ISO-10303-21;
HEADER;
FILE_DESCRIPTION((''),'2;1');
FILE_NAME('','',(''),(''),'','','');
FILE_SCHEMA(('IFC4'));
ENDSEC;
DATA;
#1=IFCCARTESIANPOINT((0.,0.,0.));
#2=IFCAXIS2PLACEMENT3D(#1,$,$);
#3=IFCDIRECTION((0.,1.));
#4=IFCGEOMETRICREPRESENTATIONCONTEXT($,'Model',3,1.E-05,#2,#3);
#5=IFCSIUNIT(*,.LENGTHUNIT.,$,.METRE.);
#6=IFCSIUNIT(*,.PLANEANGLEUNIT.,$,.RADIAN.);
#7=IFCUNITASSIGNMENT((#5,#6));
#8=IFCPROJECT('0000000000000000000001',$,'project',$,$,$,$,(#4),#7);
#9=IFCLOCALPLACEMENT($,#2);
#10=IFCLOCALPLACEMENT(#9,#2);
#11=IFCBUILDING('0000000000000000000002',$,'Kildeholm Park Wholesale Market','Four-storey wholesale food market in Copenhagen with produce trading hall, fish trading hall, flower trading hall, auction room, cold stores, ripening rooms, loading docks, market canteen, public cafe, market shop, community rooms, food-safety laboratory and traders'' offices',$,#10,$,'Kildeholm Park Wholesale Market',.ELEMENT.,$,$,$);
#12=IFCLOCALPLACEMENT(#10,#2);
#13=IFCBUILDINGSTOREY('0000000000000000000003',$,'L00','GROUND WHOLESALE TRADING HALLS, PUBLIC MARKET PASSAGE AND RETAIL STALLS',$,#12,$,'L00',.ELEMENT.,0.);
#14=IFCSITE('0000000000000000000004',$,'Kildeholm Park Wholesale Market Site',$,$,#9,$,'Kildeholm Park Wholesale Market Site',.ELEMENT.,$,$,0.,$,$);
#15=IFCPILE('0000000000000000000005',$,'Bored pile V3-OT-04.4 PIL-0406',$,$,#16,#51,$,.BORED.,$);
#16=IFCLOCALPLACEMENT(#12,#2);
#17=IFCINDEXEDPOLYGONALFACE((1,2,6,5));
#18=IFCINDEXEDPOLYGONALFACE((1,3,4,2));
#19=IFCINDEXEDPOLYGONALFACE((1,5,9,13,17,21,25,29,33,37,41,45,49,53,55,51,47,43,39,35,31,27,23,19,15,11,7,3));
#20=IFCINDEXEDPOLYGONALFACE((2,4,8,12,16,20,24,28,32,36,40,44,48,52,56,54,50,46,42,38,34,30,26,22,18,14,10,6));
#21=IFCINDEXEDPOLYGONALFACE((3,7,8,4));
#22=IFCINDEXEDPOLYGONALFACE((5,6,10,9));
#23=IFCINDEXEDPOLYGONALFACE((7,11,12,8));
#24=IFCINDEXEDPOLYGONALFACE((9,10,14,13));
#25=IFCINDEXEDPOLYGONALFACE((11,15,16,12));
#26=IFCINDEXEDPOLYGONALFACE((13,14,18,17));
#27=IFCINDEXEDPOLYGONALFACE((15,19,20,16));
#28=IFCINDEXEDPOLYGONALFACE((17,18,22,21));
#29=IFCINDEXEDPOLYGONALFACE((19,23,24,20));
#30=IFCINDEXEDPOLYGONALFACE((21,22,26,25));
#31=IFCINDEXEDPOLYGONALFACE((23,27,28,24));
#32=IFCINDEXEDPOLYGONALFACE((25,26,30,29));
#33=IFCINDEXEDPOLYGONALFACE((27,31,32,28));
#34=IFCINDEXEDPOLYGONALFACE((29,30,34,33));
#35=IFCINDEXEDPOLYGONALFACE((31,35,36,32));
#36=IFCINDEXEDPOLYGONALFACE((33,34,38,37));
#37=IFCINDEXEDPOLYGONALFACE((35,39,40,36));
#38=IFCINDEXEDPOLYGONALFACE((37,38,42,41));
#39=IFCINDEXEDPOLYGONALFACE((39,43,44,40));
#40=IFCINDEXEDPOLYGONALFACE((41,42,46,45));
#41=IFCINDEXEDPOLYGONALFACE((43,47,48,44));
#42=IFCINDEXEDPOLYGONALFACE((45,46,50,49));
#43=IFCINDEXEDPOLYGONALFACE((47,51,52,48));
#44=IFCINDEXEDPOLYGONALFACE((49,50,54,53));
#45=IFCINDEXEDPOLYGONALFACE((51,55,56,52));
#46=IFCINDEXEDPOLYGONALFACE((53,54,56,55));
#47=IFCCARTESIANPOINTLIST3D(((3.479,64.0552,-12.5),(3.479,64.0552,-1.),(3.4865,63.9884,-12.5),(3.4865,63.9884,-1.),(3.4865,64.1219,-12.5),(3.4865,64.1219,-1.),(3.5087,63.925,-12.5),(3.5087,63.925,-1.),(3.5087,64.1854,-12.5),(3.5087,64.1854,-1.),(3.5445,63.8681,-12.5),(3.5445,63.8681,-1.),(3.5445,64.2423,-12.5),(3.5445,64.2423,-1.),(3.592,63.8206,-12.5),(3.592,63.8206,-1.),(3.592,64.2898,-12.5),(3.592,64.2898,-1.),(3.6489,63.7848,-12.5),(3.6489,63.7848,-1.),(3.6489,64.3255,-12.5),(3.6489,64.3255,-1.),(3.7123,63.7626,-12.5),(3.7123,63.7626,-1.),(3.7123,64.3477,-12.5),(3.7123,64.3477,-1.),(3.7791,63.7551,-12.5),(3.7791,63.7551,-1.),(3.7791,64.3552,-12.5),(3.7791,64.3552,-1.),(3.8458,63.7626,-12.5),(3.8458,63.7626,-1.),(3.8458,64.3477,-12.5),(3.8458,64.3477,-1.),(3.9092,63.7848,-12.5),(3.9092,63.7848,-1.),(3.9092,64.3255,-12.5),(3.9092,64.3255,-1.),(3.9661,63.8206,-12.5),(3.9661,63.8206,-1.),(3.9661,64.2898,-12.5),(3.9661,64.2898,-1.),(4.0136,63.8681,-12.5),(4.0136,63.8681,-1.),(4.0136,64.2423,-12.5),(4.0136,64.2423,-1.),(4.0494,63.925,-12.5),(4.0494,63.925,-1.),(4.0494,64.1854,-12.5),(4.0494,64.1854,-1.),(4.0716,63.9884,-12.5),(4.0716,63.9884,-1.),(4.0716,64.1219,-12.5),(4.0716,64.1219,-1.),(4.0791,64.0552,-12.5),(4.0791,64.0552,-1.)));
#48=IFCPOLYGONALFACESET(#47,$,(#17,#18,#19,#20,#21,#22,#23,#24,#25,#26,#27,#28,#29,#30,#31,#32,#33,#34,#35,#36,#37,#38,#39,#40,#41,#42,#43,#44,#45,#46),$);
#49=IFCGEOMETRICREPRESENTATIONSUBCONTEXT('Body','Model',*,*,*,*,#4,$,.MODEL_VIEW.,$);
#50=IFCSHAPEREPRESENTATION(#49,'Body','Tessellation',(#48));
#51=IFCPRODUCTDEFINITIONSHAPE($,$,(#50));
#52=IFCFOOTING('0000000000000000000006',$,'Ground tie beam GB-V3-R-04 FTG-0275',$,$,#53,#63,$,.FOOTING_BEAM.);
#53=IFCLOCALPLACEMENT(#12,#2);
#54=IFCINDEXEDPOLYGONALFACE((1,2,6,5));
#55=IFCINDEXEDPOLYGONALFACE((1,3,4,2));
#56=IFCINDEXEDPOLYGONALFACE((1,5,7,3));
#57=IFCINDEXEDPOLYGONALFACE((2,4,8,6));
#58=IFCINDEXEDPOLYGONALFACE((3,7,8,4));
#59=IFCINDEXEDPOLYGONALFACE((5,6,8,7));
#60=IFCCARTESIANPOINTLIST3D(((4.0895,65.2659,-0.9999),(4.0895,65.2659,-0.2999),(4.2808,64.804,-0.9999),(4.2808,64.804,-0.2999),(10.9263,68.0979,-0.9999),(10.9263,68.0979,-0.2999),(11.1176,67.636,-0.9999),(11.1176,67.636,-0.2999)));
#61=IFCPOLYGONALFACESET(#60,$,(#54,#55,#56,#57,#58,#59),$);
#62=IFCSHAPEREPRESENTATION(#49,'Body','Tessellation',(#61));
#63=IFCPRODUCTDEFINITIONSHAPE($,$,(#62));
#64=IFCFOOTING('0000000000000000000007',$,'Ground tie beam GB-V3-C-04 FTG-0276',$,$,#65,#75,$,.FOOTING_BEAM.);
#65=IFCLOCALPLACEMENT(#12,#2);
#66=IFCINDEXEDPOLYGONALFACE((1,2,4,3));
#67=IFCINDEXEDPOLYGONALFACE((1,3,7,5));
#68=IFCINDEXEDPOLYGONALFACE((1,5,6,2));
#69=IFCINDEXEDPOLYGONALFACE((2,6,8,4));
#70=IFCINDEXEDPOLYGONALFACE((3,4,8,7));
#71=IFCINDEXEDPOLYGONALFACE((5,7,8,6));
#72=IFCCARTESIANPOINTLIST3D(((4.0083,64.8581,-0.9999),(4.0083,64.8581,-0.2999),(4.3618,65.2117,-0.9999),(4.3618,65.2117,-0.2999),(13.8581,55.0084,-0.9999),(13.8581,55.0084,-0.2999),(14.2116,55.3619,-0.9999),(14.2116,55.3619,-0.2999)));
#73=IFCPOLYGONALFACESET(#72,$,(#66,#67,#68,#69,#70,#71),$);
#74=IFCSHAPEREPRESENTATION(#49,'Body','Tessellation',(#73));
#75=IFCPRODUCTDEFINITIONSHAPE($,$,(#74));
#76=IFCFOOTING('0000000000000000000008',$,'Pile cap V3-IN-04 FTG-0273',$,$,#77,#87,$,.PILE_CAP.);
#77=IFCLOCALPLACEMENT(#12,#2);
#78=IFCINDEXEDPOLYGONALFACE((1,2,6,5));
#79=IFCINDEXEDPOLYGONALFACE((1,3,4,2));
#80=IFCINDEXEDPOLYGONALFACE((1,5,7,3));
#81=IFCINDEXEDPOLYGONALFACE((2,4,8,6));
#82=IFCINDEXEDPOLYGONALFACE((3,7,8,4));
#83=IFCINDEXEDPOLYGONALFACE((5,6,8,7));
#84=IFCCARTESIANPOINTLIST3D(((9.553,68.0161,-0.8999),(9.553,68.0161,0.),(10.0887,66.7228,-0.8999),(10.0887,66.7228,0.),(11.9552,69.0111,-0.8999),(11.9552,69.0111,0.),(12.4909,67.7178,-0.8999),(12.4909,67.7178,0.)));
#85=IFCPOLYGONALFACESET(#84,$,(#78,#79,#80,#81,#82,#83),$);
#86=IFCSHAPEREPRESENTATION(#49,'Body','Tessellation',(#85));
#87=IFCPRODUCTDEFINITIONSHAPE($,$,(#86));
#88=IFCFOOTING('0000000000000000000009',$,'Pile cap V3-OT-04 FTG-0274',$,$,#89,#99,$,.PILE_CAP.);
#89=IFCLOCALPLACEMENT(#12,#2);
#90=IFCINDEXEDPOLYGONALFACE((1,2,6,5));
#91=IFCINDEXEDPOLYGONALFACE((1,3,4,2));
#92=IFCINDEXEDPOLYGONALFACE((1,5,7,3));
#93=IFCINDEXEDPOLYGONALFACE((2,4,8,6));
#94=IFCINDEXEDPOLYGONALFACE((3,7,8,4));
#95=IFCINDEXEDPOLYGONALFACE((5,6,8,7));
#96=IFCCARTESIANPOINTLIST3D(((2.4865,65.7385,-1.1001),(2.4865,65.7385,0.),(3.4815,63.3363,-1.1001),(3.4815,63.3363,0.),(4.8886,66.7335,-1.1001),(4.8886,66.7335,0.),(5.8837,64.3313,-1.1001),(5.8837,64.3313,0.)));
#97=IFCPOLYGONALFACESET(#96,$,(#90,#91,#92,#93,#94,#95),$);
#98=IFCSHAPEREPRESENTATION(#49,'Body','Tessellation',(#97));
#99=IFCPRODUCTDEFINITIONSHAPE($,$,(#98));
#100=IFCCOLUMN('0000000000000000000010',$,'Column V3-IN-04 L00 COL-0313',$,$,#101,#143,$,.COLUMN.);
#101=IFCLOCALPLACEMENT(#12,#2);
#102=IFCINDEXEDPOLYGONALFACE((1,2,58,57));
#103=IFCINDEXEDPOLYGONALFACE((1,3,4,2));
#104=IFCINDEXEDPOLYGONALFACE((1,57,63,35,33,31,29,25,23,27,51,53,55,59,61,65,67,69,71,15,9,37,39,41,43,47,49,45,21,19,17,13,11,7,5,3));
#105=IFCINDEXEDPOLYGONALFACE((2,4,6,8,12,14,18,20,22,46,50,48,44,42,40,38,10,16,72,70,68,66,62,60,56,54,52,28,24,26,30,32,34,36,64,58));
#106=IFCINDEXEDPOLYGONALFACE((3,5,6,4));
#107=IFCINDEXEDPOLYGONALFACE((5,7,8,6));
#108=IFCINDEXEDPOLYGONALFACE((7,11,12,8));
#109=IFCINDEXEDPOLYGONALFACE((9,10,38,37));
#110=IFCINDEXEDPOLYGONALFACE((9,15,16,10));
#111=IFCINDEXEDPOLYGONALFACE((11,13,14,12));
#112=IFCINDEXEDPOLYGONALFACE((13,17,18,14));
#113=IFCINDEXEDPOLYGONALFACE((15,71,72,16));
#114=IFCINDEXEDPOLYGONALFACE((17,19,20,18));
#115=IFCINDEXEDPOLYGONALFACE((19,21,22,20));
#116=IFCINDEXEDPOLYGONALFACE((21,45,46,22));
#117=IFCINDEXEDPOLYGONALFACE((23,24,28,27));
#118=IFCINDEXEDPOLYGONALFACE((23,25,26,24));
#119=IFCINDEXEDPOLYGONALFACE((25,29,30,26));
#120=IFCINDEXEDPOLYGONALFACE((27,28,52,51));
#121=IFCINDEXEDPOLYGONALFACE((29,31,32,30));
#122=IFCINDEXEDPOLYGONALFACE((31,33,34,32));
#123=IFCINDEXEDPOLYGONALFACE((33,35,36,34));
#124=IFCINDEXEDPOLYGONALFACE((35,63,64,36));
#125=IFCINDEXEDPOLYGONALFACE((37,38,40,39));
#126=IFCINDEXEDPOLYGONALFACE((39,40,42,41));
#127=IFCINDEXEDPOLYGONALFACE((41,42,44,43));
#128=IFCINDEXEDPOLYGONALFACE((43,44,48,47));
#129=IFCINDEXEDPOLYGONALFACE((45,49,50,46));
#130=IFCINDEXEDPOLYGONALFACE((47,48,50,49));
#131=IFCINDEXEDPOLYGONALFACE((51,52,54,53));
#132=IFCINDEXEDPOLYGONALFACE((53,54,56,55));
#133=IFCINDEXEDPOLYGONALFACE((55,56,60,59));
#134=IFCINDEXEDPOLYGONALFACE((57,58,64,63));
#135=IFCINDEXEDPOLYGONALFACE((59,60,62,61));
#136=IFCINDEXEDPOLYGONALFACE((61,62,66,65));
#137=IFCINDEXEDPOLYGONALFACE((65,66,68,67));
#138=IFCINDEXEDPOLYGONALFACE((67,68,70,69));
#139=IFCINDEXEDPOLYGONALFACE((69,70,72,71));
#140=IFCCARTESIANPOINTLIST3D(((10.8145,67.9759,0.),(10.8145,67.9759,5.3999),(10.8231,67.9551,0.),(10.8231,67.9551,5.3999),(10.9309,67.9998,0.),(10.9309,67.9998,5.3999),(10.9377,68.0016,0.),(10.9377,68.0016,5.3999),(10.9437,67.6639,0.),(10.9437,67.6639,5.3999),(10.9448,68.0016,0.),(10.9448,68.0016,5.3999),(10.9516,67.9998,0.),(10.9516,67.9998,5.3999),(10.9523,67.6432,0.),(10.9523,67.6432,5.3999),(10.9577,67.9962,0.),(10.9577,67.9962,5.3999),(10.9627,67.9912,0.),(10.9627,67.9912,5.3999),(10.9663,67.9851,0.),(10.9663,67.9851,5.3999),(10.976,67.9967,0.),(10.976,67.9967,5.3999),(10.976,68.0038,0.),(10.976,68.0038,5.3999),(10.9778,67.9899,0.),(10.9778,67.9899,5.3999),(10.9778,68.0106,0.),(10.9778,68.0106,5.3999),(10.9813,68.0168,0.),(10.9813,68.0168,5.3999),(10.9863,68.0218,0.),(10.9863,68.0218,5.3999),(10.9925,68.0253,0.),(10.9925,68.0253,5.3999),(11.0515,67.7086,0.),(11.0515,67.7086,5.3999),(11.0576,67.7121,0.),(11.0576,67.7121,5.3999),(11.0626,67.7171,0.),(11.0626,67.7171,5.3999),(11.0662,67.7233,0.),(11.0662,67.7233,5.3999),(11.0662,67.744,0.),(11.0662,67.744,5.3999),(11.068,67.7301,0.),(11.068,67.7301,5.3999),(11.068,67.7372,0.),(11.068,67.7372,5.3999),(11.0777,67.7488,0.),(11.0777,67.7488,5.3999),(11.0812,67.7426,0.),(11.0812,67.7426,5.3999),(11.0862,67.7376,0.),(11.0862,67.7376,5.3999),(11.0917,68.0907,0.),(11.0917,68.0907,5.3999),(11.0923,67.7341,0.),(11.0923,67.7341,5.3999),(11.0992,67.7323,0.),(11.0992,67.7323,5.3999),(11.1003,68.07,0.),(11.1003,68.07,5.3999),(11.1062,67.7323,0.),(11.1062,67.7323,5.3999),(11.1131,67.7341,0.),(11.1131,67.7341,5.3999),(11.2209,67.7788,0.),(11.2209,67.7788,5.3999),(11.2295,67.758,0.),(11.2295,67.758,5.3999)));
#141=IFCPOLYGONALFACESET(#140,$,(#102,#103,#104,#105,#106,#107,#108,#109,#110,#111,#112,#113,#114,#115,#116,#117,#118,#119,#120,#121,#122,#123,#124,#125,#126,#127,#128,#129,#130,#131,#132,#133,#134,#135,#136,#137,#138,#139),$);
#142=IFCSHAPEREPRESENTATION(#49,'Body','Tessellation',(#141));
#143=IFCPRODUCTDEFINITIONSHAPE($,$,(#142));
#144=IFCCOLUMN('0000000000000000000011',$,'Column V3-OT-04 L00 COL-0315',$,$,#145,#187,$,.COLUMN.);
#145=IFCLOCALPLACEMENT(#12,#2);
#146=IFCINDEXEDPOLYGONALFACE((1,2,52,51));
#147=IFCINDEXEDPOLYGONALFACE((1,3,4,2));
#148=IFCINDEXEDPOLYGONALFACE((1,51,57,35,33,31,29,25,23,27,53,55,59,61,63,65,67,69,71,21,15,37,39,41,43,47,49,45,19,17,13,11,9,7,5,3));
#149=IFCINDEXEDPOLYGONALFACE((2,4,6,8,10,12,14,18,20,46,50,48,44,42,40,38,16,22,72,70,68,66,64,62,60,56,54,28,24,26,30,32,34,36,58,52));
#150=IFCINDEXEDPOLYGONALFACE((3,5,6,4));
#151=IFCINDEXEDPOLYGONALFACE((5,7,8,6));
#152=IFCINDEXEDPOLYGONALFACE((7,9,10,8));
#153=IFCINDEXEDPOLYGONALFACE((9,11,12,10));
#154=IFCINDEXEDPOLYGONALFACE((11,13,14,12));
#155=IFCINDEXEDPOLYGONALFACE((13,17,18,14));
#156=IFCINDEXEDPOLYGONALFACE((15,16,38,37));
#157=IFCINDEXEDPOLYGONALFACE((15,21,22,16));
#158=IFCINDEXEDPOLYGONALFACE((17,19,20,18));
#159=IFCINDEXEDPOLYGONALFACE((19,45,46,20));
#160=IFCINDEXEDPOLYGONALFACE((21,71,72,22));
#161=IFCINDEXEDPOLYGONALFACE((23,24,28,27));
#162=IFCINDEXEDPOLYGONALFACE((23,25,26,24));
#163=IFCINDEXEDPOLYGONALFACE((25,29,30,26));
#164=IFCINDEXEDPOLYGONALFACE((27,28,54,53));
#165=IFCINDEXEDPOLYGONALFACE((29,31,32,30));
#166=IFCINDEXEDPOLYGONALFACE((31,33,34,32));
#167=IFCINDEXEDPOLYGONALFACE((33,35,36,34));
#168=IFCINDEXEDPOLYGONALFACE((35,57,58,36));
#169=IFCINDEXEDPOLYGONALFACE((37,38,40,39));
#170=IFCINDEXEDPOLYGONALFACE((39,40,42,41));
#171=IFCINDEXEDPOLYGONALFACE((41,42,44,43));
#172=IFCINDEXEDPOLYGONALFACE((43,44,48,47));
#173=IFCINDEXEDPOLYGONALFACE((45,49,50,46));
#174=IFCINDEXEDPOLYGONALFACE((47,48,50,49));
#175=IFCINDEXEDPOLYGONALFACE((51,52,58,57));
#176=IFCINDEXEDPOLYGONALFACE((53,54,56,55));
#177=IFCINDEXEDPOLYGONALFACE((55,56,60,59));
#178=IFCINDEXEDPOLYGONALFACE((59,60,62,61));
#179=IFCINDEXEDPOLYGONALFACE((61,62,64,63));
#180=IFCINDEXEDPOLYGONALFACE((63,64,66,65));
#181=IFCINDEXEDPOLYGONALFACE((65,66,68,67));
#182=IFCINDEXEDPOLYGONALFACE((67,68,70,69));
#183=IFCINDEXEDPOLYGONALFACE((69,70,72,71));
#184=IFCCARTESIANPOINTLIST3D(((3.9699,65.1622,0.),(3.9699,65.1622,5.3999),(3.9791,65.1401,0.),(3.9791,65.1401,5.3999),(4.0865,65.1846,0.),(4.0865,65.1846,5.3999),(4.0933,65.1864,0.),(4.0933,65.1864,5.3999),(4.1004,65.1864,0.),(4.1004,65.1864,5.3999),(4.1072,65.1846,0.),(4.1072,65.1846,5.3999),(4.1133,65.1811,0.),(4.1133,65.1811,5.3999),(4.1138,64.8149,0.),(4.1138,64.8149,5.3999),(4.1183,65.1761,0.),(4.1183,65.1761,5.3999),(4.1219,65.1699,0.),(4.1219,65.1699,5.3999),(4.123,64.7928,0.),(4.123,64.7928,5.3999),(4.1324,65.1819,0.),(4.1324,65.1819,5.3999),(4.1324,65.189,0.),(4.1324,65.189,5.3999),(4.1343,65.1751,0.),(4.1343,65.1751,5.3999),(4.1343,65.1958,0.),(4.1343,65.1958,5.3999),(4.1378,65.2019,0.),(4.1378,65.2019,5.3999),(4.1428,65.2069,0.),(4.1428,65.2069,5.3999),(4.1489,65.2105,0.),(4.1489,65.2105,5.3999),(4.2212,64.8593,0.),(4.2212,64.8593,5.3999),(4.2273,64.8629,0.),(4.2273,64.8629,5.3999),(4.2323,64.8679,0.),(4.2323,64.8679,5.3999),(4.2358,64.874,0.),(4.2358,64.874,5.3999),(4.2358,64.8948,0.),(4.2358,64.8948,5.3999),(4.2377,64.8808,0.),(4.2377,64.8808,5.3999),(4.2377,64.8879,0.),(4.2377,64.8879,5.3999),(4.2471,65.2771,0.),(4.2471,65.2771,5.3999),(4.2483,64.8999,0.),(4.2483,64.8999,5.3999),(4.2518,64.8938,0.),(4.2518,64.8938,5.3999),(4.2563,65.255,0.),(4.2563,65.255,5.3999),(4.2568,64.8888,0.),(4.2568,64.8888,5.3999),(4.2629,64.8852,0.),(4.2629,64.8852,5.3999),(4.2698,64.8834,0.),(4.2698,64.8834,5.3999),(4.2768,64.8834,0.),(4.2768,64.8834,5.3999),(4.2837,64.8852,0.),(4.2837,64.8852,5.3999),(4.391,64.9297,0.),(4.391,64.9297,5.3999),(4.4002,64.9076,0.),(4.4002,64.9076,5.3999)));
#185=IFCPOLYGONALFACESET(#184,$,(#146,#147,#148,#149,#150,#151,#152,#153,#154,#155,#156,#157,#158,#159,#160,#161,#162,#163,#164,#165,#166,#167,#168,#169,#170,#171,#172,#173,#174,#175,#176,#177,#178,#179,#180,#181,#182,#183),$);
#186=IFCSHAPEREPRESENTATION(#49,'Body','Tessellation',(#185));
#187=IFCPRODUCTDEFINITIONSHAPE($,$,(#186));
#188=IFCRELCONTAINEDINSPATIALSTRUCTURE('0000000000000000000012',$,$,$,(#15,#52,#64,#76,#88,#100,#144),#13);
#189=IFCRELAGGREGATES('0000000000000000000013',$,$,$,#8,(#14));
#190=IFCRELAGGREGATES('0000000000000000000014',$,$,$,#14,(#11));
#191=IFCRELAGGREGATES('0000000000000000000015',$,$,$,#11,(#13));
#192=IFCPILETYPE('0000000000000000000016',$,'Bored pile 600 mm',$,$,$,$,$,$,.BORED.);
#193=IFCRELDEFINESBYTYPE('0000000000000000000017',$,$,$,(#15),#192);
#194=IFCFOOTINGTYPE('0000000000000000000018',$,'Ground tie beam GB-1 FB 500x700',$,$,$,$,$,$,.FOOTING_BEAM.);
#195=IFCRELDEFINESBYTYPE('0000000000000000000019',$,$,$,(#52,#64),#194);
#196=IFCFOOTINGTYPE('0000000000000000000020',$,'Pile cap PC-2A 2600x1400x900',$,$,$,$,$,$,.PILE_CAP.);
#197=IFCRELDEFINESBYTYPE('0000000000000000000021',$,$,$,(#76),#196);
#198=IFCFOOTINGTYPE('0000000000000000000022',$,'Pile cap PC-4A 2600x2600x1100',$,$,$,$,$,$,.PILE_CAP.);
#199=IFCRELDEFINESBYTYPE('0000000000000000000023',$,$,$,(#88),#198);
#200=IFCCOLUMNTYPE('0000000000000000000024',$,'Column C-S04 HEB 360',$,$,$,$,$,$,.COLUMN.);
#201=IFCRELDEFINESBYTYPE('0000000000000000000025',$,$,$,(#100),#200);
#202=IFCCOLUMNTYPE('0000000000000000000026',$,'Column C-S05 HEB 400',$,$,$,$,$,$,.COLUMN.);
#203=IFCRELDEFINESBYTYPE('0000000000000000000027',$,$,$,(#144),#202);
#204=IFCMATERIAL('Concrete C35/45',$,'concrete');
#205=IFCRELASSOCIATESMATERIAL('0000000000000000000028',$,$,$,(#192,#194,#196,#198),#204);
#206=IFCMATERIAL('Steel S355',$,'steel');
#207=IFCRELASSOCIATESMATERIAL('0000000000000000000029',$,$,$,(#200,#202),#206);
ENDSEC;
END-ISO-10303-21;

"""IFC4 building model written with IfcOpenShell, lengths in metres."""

from ifc_helpers import new_model, si_unit, direction, frame, origin, origin_2d, place, context, subcontext, project, spatial, rectangle, circle, i_section, extrude, material, material_profile, profile_set, type_object, element, save


model = new_model("IFC4")

# Units and contexts
model_context = context("Model", 3, precision=1e-05, world=origin(), true_north=direction((0.0, 1.0)))
body_context = subcontext(model_context, "Body", "Model", "MODEL_VIEW")
ifc_project = project(units=[si_unit("LENGTHUNIT", "METRE"), si_unit("PLANEANGLEUNIT", "RADIAN")], contexts=[model_context])

# Site, building, storey
site_placement = place(None, origin())
site = spatial("IfcSite", under=ifc_project, at=site_placement, Name="Kildeholm Park Wholesale Market Site", LongName="Kildeholm Park Wholesale Market Site", CompositionType="ELEMENT", RefElevation=0.0)
building_placement = place(site_placement, origin())
building = spatial("IfcBuilding", under=site, at=building_placement, Name="Kildeholm Park Wholesale Market", Description="Four-storey wholesale food market in Copenhagen with produce trading hall, fish trading hall, flower trading hall, auction room, cold stores, ripening rooms, loading docks, market canteen, public cafe, market shop, community rooms, food-safety laboratory and traders' offices", LongName="Kildeholm Park Wholesale Market", CompositionType="ELEMENT")
storey_placement = place(building_placement, origin())
storey = spatial("IfcBuildingStorey", under=building, at=storey_placement, Name="L00", Description="GROUND WHOLESALE TRADING HALLS, PUBLIC MARKET PASSAGE AND RETAIL STALLS", LongName="L00", CompositionType="ELEMENT", Elevation=0.0)

# Pile
ifc_material_1 = material(Name="Concrete C35/45", Category="concrete")
ifc_material_profile_1 = material_profile(ifc_material_1, circle(Radius=0.3, at=origin_2d()), Name="PILE D600")
ifc_profile_set_1 = profile_set([ifc_material_profile_1], Name="Concrete C35/45")
pile_type = type_object("IfcPileType", Name="Bored pile 600 mm", PredefinedType="BORED", material=ifc_profile_set_1)
for number, where, z_axis, x_axis, name in (
    (1, (3.7791, 64.0552, -1.0), (0.0, 0.0, -1.0), (1.0, 0.0, 0.0), "Bored pile V3-OT-04.4 PIL-0406"),
):
    element("IfcPile", number, at=place(storey_placement, frame(where, z_axis=z_axis, x_axis=x_axis)), inside=storey, type_object=pile_type, Name=name, PredefinedType="BORED", context=body_context, shape_type="SweptSolid", body=[
        extrude(circle(Radius=0.3, at=origin_2d()), origin(), (0.0, 0.0, 1.0), 11.5),
    ])

# Footings
ifc_material_profile_2 = material_profile(ifc_material_1, rectangle(XDim=0.5, YDim=0.7, at=origin_2d()), Name="FB 500x700")
ifc_profile_set_2 = profile_set([ifc_material_profile_2], Name="Concrete C35/45")
footing_type_1 = type_object("IfcFootingType", Name="Ground tie beam GB-1 FB 500x700", PredefinedType="FOOTING_BEAM", material=ifc_profile_set_2)
footing_1_placement = place(storey_placement, frame((11.022, 67.8669, -0.6499), z_axis=(-0.923875, -0.382694, 0.0), x_axis=(0.382694, -0.923875, 0.0)))
element("IfcFooting", 2, at=footing_1_placement, inside=storey, type_object=footing_type_1, Name="Ground tie beam GB-V3-R-04 FTG-0275", PredefinedType="FOOTING_BEAM", context=body_context, shape_type="SweptSolid", body=[
    extrude(rectangle(XDim=0.5, YDim=0.7, at=origin_2d()), origin(), (0.0, 0.0, 1.0), 7.4001),
])
footing_2_placement = place(storey_placement, frame((4.1851, 65.0349, -0.6499), z_axis=(0.707107, -0.707107, 0.0), x_axis=(0.707107, 0.707107, 0.0)))
element("IfcFooting", 3, at=footing_2_placement, inside=storey, type_object=footing_type_1, Name="Ground tie beam GB-V3-C-04 FTG-0276", PredefinedType="FOOTING_BEAM", context=body_context, shape_type="SweptSolid", body=[
    extrude(rectangle(XDim=0.5, YDim=0.7, at=origin_2d()), origin(), (0.0, 0.0, 1.0), 13.9297),
])
footing_type_2 = type_object("IfcFootingType", Name="Pile cap PC-2A 2600x1400x900", PredefinedType="PILE_CAP", material=ifc_material_1)
footing_3_placement = place(storey_placement, frame((11.022, 67.8669, -0.8999), z_axis=(0.0, 0.0, 1.0), x_axis=(-0.92388, -0.382683, 0.0)))
element("IfcFooting", 4, at=footing_3_placement, inside=storey, type_object=footing_type_2, Name="Pile cap V3-IN-04 FTG-0273", PredefinedType="PILE_CAP", context=body_context, shape_type="SweptSolid", body=[
    extrude(rectangle(XDim=2.6001, YDim=1.3999, at=origin_2d()), origin(), (0.0, 0.0, 1.0), 0.8999),
])
footing_type_3 = type_object("IfcFootingType", Name="Pile cap PC-4A 2600x2600x1100", PredefinedType="PILE_CAP", material=ifc_material_1)
footing_4_placement = place(storey_placement, frame((4.1851, 65.0349, -1.1001), z_axis=(0.0, 0.0, 1.0), x_axis=(-0.92388, -0.382683, 0.0)))
element("IfcFooting", 5, at=footing_4_placement, inside=storey, type_object=footing_type_3, Name="Pile cap V3-OT-04 FTG-0274", PredefinedType="PILE_CAP", context=body_context, shape_type="SweptSolid", body=[
    extrude(rectangle(XDim=2.6001, YDim=2.6001, at=origin_2d()), origin(), (0.0, 0.0, 1.0), 1.1001),
])

# Columns
ifc_material_2 = material(Name="Steel S355", Category="steel")
ifc_material_profile_3 = material_profile(ifc_material_2, i_section(OverallWidth=0.3, OverallDepth=0.3601, WebThickness=0.0125, FlangeThickness=0.0225, FilletRadius=0.0271, at=origin_2d()), Name="HEB 360")
ifc_profile_set_3 = profile_set([ifc_material_profile_3], Name="Steel S355")
column_type_1 = type_object("IfcColumnType", Name="Column C-S04 HEB 360", PredefinedType="COLUMN", material=ifc_profile_set_3)
column_1_placement = place(storey_placement, frame((11.022, 67.8669, 0.0), z_axis=(0.0, 0.0, 1.0), x_axis=(-0.92388, -0.382683, 0.0)))
element("IfcColumn", 6, at=column_1_placement, inside=storey, type_object=column_type_1, Name="Column V3-IN-04 L00 COL-0313", PredefinedType="COLUMN", context=body_context, shape_type="SweptSolid", body=[
    extrude(i_section(OverallWidth=0.3, OverallDepth=0.3601, WebThickness=0.0125, FlangeThickness=0.0225, FilletRadius=0.0271, at=origin_2d()), origin(), (0.0, 0.0, 1.0), 5.3999),
])
ifc_material_profile_4 = material_profile(ifc_material_2, i_section(OverallWidth=0.3, OverallDepth=0.3999, WebThickness=0.0134, FlangeThickness=0.0239, FilletRadius=0.0271, at=origin_2d()), Name="HEB 400")
ifc_profile_set_4 = profile_set([ifc_material_profile_4], Name="Steel S355")
column_type_2 = type_object("IfcColumnType", Name="Column C-S05 HEB 400", PredefinedType="COLUMN", material=ifc_profile_set_4)
column_2_placement = place(storey_placement, frame((4.1851, 65.0349, 0.0), z_axis=(0.0, 0.0, 1.0), x_axis=(-0.92388, -0.382683, 0.0)))
element("IfcColumn", 7, at=column_2_placement, inside=storey, type_object=column_type_2, Name="Column V3-OT-04 L00 COL-0315", PredefinedType="COLUMN", context=body_context, shape_type="SweptSolid", body=[
    extrude(i_section(OverallWidth=0.3, OverallDepth=0.3999, WebThickness=0.0134, FlangeThickness=0.0239, FilletRadius=0.0271, at=origin_2d()), origin(), (0.0, 0.0, 1.0), 5.3999),
])

save(model, "model.ifc")
